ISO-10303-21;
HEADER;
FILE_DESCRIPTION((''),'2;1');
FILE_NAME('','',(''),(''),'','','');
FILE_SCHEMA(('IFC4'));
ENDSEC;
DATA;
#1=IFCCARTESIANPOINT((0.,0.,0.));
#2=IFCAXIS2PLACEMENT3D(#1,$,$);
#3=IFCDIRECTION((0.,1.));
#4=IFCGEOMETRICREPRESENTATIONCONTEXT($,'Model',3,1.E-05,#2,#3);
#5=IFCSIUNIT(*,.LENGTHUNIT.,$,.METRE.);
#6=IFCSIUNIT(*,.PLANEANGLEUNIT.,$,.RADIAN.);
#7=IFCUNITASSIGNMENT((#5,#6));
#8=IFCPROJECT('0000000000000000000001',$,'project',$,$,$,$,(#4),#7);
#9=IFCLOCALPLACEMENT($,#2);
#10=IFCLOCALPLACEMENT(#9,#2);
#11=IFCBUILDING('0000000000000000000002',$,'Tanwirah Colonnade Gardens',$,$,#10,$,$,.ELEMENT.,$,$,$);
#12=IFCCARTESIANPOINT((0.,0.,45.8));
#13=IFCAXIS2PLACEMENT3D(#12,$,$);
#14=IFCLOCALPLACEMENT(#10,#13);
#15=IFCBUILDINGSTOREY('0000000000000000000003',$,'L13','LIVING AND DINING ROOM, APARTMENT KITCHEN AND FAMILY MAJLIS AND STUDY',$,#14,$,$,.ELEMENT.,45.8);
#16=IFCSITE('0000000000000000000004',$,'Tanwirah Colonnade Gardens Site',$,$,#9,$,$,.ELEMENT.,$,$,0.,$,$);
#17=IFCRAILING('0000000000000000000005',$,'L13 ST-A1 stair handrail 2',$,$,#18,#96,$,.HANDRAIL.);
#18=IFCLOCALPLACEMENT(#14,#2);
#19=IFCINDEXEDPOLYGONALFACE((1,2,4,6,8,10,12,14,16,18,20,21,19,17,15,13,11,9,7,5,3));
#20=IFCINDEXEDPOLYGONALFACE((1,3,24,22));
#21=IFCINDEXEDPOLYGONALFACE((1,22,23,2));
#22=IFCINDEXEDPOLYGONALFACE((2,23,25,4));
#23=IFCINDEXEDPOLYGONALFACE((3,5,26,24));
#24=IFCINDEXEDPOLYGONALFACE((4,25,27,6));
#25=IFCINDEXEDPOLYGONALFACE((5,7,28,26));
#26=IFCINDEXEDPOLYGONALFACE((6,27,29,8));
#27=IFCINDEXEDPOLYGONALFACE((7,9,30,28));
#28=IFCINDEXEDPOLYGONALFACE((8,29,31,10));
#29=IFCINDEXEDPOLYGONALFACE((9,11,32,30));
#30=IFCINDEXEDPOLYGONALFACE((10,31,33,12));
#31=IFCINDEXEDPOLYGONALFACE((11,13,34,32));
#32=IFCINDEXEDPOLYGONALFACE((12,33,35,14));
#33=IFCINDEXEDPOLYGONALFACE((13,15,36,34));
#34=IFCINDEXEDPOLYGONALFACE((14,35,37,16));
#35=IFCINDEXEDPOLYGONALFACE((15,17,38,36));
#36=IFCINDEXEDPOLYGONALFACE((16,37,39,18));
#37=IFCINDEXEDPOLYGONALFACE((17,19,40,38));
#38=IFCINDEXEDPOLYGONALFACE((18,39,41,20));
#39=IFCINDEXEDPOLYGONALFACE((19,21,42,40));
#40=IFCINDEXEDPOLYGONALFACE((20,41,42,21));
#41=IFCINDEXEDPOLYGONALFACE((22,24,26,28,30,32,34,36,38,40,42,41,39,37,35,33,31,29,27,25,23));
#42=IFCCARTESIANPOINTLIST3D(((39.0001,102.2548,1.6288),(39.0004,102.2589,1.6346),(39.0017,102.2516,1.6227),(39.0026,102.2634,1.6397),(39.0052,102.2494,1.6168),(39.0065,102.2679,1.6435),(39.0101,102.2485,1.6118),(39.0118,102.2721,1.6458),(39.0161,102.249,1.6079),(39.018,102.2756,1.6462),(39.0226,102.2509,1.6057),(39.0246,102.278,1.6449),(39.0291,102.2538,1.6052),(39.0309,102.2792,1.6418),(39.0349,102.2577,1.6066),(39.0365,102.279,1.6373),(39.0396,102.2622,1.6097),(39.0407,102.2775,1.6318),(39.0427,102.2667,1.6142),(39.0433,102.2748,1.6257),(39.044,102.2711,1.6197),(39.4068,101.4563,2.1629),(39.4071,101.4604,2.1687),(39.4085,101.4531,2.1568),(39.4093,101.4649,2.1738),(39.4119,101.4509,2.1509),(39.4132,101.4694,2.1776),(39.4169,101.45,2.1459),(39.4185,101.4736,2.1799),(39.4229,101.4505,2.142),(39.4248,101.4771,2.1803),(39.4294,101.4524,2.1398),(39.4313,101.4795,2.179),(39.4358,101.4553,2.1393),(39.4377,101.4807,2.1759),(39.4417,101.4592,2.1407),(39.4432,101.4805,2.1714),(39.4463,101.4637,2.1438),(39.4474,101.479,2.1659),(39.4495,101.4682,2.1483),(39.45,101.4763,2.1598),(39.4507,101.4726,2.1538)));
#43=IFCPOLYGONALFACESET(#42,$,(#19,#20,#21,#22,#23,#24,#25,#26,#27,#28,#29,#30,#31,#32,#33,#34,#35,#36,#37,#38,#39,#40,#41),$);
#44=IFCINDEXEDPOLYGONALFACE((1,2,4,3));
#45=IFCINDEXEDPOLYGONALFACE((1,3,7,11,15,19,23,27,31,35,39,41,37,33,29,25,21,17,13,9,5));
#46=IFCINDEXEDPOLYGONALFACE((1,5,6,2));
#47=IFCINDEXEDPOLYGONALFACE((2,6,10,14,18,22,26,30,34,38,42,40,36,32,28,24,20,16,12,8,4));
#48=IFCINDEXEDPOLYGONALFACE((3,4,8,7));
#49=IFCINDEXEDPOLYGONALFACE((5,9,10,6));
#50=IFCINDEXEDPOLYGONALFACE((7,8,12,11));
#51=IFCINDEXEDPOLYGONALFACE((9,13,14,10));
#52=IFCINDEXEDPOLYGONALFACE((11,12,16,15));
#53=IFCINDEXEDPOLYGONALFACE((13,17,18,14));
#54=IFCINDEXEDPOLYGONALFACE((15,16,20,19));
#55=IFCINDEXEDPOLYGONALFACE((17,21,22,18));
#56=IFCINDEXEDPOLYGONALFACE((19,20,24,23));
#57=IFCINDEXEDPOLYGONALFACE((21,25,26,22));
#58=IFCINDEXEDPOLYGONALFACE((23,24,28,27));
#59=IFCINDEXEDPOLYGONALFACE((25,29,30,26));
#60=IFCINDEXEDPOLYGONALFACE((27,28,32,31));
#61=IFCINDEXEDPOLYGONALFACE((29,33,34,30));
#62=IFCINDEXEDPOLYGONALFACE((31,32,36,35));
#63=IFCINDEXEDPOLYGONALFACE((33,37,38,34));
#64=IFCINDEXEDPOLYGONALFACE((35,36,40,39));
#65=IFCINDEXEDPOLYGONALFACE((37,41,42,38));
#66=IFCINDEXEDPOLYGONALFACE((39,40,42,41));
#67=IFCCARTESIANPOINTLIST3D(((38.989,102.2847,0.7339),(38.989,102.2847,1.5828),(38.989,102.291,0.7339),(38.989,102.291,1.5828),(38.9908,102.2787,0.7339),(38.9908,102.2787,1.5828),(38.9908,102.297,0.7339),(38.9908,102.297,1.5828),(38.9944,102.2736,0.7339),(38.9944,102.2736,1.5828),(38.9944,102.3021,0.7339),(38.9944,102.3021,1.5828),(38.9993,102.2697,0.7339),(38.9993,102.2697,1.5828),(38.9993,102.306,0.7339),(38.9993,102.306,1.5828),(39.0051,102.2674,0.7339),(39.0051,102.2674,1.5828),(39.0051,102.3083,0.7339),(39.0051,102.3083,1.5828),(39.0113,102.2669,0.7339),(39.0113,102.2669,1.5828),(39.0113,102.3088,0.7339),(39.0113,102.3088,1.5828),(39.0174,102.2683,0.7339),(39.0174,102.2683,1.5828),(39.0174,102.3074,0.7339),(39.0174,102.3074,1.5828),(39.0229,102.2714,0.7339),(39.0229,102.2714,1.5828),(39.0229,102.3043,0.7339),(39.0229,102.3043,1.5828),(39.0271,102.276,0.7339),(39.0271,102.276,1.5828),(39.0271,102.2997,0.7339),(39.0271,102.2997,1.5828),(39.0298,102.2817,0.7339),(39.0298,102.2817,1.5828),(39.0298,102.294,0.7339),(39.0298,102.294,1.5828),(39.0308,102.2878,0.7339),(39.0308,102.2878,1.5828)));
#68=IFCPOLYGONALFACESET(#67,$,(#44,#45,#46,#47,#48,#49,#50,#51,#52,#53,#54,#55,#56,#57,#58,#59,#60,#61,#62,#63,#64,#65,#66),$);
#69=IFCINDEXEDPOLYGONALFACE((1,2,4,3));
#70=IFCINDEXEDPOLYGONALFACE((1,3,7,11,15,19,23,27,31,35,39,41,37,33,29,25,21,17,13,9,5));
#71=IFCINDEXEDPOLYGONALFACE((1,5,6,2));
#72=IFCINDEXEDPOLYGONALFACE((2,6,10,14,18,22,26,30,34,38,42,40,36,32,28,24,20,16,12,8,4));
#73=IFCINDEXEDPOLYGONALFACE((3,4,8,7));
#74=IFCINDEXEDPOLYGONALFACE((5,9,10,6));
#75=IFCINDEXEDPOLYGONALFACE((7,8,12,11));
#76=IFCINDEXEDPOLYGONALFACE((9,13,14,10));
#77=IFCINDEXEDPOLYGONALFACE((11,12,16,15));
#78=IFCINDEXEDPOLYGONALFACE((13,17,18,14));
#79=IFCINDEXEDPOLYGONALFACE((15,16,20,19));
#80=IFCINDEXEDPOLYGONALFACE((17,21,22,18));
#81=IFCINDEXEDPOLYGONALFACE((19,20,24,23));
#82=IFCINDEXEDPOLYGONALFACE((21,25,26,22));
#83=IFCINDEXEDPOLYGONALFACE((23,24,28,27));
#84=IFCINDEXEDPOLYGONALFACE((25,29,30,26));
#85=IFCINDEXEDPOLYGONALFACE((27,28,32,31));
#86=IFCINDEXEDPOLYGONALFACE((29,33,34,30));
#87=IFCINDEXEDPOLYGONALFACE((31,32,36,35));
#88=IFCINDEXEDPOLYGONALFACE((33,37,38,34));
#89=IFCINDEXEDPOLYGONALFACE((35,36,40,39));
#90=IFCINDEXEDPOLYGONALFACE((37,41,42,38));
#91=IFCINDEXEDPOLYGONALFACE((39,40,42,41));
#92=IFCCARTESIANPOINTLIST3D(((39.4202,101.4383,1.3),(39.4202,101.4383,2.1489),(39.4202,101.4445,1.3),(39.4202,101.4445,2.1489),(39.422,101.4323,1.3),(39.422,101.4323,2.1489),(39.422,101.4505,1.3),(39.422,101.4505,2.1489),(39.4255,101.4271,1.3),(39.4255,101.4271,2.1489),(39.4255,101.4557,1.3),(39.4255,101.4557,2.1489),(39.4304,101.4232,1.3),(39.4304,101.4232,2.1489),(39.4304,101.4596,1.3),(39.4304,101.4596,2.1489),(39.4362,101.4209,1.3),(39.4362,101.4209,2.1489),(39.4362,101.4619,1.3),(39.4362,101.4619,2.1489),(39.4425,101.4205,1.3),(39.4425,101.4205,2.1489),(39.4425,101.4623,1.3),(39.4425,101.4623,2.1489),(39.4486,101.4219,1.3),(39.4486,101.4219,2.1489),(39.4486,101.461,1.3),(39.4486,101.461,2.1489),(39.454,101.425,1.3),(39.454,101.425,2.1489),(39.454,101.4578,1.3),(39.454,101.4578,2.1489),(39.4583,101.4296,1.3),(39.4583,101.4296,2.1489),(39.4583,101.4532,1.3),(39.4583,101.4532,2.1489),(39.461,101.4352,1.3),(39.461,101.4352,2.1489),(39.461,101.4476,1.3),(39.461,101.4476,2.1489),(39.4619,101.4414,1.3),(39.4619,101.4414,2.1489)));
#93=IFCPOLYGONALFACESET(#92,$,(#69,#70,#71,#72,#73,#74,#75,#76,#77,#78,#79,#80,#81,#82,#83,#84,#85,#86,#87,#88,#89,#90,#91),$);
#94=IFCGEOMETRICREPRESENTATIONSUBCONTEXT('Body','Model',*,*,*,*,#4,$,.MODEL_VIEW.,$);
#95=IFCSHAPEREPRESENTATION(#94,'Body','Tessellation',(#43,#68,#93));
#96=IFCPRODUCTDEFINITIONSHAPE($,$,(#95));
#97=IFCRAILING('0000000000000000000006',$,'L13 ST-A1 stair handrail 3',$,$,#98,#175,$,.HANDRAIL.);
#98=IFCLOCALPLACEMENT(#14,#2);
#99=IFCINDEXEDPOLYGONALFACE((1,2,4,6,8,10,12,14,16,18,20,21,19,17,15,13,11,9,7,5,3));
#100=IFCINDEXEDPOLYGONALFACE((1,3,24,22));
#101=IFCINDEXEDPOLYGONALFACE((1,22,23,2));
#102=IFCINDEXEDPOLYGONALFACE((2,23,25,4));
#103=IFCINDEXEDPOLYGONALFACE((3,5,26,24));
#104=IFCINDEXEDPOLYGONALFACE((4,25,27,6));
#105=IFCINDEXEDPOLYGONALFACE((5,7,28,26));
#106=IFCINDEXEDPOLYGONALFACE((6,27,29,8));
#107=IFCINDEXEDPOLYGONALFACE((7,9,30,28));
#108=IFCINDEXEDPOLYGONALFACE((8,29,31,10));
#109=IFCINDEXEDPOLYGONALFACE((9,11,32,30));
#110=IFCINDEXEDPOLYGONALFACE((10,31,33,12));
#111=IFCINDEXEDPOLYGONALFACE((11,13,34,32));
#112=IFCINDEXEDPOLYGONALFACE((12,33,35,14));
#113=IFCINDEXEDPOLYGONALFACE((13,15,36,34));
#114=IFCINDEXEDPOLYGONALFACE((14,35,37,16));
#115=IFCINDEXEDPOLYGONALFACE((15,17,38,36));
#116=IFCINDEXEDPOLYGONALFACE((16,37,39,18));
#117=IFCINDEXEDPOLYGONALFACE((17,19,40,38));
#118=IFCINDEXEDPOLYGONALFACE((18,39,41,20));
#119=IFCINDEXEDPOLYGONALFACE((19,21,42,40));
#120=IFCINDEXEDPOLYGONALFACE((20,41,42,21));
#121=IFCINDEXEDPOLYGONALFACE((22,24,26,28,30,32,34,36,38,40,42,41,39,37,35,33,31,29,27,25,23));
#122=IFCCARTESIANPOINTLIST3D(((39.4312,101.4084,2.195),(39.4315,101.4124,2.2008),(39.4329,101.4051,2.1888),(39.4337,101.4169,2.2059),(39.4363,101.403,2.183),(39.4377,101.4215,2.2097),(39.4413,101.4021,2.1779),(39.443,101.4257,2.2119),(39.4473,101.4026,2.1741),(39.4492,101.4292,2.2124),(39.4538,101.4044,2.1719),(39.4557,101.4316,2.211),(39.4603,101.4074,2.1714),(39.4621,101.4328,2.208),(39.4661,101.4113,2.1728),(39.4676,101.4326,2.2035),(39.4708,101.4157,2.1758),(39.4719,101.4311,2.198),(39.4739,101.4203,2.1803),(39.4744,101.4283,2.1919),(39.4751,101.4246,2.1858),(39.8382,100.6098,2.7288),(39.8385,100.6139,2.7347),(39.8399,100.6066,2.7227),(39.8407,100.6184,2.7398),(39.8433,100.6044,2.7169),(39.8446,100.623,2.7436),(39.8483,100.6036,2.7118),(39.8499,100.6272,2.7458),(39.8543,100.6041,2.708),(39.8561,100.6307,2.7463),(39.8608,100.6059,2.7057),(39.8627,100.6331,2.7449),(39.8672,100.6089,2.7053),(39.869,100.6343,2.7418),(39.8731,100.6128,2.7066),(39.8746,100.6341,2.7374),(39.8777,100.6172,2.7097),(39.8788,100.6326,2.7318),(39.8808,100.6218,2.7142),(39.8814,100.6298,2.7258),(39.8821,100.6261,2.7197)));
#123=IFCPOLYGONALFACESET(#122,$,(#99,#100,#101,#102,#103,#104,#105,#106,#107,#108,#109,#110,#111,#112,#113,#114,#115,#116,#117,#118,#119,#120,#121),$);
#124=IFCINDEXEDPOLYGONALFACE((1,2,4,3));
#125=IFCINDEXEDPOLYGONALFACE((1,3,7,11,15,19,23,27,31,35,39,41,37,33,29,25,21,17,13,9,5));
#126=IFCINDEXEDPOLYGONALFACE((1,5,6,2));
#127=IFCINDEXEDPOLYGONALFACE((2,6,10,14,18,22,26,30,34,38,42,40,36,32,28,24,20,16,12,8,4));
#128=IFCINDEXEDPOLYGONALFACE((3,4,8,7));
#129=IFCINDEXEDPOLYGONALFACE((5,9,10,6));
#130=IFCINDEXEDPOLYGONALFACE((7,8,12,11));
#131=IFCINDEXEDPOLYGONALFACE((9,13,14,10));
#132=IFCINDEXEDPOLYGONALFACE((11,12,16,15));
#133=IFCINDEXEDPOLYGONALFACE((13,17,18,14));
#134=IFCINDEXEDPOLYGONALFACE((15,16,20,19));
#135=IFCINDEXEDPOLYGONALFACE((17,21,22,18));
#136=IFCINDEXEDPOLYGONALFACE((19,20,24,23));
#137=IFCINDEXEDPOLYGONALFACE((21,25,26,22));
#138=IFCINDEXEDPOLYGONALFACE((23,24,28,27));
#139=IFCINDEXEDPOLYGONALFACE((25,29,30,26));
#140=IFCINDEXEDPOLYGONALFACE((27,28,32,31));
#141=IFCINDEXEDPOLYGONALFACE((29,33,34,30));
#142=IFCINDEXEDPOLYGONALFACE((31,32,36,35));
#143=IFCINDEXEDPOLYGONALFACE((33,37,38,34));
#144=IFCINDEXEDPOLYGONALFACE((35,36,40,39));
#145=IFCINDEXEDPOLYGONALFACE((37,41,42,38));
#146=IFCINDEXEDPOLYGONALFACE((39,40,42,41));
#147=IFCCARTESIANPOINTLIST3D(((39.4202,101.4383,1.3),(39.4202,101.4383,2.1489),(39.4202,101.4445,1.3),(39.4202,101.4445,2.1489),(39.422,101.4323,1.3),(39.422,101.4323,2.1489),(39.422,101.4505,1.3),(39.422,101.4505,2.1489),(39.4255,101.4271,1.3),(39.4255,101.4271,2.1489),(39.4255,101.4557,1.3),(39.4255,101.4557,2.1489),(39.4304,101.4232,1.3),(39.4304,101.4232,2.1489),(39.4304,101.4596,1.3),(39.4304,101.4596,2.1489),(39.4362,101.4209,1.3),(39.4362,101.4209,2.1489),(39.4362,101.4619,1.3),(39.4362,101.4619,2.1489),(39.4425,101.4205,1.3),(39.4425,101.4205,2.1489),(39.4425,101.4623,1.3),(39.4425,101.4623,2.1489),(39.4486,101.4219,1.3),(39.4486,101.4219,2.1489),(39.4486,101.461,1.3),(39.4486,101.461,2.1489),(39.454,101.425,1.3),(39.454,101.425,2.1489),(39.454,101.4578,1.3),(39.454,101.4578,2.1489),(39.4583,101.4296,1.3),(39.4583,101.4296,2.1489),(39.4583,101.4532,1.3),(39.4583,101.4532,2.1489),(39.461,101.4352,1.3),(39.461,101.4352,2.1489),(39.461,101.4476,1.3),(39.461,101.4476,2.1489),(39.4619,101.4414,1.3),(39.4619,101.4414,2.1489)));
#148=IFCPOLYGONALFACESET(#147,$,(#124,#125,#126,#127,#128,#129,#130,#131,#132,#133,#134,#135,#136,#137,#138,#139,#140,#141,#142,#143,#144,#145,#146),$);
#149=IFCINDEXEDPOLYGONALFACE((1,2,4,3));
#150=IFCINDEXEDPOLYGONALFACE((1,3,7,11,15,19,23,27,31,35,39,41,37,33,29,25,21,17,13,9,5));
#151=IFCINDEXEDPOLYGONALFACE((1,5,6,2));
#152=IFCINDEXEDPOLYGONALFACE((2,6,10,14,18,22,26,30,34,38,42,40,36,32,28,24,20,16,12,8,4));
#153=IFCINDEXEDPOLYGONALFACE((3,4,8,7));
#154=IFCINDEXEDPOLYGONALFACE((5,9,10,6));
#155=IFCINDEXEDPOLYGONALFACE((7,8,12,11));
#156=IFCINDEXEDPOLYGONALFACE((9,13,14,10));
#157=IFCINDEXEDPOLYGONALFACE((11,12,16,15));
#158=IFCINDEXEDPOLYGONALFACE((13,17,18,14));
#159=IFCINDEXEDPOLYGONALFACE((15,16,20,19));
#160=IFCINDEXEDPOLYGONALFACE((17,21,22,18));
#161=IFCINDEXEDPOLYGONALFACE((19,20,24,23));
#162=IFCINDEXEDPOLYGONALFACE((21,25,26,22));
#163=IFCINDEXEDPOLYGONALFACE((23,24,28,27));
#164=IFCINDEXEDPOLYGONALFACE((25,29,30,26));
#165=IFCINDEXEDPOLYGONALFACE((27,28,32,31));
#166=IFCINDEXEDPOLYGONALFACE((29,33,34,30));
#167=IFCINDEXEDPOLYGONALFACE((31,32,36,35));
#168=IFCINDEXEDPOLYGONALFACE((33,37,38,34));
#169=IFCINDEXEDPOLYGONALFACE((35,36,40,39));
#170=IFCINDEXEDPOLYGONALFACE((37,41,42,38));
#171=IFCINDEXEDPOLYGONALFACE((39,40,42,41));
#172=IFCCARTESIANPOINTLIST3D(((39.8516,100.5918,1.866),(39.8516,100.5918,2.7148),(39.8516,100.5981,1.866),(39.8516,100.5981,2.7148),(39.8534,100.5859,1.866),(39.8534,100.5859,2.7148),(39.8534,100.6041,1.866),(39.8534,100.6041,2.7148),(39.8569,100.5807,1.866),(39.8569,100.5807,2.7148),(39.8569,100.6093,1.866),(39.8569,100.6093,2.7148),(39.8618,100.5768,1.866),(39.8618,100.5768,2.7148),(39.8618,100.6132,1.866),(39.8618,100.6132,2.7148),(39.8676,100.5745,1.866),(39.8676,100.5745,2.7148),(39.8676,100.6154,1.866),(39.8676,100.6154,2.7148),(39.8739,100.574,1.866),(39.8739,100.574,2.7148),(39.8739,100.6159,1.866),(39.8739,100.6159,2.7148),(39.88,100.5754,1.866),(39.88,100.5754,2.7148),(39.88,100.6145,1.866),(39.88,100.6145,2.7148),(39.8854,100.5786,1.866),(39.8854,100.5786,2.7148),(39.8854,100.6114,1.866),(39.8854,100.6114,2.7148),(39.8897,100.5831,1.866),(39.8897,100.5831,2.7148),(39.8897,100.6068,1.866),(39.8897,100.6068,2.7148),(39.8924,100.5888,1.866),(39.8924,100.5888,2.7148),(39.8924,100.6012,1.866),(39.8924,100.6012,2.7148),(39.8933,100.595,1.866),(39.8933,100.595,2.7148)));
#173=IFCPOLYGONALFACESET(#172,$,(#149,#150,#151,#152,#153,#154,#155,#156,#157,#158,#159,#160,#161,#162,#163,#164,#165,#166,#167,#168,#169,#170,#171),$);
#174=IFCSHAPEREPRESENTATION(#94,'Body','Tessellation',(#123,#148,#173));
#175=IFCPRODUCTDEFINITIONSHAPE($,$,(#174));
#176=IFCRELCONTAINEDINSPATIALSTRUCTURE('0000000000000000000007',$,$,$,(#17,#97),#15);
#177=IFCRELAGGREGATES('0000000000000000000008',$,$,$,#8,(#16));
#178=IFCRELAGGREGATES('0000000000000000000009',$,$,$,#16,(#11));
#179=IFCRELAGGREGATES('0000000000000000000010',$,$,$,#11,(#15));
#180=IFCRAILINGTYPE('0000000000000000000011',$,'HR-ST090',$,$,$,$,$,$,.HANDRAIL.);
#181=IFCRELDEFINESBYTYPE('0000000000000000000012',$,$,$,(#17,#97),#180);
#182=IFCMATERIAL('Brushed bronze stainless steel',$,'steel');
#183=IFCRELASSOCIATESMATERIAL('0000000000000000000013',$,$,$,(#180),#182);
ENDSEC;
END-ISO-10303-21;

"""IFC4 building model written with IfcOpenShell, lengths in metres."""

from ifc_helpers import new_model, si_unit, direction, frame, origin, origin_2d, place, context, subcontext, project, spatial, circle, extrude, material, type_object, element, save


model = new_model("IFC4")

# Units and contexts
model_context = context("Model", 3, precision=1e-05, world=origin(), true_north=direction((0.0, 1.0)))
body_context = subcontext(model_context, "Body", "Model", "MODEL_VIEW")
ifc_project = project(units=[si_unit("LENGTHUNIT", "METRE"), si_unit("PLANEANGLEUNIT", "RADIAN")], contexts=[model_context])

# Site, building, storey
site_placement = place(None, origin())
site = spatial("IfcSite", under=ifc_project, at=site_placement, Name="Tanwirah Colonnade Gardens Site", CompositionType="ELEMENT", RefElevation=0.0)
building_placement = place(site_placement, origin())
building = spatial("IfcBuilding", under=site, at=building_placement, Name="Tanwirah Colonnade Gardens", CompositionType="ELEMENT")
storey_placement = place(building_placement, frame((0.0, 0.0, 45.8)))
storey = spatial("IfcBuildingStorey", under=building, at=storey_placement, Name="L13", Description="LIVING AND DINING ROOM, APARTMENT KITCHEN AND FAMILY MAJLIS AND STUDY", CompositionType="ELEMENT", Elevation=45.8)

# Railings
ifc_material_1 = material(Name="Brushed bronze stainless steel", Category="steel")
railing_type_1 = type_object("IfcRailingType", Name="HR-ST090", PredefinedType="HANDRAIL", material=ifc_material_1)
railing_1_placement = place(storey_placement, frame((39.0098, 102.2878, 0.7339)))
element("IfcRailing", 1, at=railing_1_placement, inside=storey, type_object=railing_type_1, Name="L13 ST-A1 stair handrail 2", PredefinedType="HANDRAIL", context=body_context, shape_type="SweptSolid", body=[
    extrude(circle(Radius=0.0239, at=origin_2d()), frame((0.0122, -0.0239, 0.8918), z_axis=(0.389886, -0.765422, 0.511974), x_axis=(0.891061, 0.453883, 0.0)), (0.0, 0.0, 1.0), 1.0432),
    extrude(circle(Radius=0.021, at=origin_2d()), origin(), (0.0, 0.0, 1.0), 0.8489),
    extrude(circle(Radius=0.021, at=origin_2d()), frame((0.4312, -0.8464, 0.5662)), (0.0, 0.0, 1.0), 0.8489),
])
railing_2_placement = place(storey_placement, frame((39.4409, 101.4414, 1.3)))
element("IfcRailing", 2, at=railing_2_placement, inside=storey, type_object=railing_type_1, Name="L13 ST-A1 stair handrail 3", PredefinedType="HANDRAIL", context=body_context, shape_type="SweptSolid", body=[
    extrude(circle(Radius=0.0239, at=origin_2d()), frame((0.0122, -0.0239, 0.8918), z_axis=(0.390118, -0.765443, 0.511767), x_axis=(0.890957, 0.454087, 0.0)), (0.0, 0.0, 1.0), 1.0432),
    extrude(circle(Radius=0.021, at=origin_2d()), origin(), (0.0, 0.0, 1.0), 0.8489),
    extrude(circle(Radius=0.021, at=origin_2d()), frame((0.4314, -0.8464, 0.5659)), (0.0, 0.0, 1.0), 0.8489),
])

save(model, "model.ifc")
